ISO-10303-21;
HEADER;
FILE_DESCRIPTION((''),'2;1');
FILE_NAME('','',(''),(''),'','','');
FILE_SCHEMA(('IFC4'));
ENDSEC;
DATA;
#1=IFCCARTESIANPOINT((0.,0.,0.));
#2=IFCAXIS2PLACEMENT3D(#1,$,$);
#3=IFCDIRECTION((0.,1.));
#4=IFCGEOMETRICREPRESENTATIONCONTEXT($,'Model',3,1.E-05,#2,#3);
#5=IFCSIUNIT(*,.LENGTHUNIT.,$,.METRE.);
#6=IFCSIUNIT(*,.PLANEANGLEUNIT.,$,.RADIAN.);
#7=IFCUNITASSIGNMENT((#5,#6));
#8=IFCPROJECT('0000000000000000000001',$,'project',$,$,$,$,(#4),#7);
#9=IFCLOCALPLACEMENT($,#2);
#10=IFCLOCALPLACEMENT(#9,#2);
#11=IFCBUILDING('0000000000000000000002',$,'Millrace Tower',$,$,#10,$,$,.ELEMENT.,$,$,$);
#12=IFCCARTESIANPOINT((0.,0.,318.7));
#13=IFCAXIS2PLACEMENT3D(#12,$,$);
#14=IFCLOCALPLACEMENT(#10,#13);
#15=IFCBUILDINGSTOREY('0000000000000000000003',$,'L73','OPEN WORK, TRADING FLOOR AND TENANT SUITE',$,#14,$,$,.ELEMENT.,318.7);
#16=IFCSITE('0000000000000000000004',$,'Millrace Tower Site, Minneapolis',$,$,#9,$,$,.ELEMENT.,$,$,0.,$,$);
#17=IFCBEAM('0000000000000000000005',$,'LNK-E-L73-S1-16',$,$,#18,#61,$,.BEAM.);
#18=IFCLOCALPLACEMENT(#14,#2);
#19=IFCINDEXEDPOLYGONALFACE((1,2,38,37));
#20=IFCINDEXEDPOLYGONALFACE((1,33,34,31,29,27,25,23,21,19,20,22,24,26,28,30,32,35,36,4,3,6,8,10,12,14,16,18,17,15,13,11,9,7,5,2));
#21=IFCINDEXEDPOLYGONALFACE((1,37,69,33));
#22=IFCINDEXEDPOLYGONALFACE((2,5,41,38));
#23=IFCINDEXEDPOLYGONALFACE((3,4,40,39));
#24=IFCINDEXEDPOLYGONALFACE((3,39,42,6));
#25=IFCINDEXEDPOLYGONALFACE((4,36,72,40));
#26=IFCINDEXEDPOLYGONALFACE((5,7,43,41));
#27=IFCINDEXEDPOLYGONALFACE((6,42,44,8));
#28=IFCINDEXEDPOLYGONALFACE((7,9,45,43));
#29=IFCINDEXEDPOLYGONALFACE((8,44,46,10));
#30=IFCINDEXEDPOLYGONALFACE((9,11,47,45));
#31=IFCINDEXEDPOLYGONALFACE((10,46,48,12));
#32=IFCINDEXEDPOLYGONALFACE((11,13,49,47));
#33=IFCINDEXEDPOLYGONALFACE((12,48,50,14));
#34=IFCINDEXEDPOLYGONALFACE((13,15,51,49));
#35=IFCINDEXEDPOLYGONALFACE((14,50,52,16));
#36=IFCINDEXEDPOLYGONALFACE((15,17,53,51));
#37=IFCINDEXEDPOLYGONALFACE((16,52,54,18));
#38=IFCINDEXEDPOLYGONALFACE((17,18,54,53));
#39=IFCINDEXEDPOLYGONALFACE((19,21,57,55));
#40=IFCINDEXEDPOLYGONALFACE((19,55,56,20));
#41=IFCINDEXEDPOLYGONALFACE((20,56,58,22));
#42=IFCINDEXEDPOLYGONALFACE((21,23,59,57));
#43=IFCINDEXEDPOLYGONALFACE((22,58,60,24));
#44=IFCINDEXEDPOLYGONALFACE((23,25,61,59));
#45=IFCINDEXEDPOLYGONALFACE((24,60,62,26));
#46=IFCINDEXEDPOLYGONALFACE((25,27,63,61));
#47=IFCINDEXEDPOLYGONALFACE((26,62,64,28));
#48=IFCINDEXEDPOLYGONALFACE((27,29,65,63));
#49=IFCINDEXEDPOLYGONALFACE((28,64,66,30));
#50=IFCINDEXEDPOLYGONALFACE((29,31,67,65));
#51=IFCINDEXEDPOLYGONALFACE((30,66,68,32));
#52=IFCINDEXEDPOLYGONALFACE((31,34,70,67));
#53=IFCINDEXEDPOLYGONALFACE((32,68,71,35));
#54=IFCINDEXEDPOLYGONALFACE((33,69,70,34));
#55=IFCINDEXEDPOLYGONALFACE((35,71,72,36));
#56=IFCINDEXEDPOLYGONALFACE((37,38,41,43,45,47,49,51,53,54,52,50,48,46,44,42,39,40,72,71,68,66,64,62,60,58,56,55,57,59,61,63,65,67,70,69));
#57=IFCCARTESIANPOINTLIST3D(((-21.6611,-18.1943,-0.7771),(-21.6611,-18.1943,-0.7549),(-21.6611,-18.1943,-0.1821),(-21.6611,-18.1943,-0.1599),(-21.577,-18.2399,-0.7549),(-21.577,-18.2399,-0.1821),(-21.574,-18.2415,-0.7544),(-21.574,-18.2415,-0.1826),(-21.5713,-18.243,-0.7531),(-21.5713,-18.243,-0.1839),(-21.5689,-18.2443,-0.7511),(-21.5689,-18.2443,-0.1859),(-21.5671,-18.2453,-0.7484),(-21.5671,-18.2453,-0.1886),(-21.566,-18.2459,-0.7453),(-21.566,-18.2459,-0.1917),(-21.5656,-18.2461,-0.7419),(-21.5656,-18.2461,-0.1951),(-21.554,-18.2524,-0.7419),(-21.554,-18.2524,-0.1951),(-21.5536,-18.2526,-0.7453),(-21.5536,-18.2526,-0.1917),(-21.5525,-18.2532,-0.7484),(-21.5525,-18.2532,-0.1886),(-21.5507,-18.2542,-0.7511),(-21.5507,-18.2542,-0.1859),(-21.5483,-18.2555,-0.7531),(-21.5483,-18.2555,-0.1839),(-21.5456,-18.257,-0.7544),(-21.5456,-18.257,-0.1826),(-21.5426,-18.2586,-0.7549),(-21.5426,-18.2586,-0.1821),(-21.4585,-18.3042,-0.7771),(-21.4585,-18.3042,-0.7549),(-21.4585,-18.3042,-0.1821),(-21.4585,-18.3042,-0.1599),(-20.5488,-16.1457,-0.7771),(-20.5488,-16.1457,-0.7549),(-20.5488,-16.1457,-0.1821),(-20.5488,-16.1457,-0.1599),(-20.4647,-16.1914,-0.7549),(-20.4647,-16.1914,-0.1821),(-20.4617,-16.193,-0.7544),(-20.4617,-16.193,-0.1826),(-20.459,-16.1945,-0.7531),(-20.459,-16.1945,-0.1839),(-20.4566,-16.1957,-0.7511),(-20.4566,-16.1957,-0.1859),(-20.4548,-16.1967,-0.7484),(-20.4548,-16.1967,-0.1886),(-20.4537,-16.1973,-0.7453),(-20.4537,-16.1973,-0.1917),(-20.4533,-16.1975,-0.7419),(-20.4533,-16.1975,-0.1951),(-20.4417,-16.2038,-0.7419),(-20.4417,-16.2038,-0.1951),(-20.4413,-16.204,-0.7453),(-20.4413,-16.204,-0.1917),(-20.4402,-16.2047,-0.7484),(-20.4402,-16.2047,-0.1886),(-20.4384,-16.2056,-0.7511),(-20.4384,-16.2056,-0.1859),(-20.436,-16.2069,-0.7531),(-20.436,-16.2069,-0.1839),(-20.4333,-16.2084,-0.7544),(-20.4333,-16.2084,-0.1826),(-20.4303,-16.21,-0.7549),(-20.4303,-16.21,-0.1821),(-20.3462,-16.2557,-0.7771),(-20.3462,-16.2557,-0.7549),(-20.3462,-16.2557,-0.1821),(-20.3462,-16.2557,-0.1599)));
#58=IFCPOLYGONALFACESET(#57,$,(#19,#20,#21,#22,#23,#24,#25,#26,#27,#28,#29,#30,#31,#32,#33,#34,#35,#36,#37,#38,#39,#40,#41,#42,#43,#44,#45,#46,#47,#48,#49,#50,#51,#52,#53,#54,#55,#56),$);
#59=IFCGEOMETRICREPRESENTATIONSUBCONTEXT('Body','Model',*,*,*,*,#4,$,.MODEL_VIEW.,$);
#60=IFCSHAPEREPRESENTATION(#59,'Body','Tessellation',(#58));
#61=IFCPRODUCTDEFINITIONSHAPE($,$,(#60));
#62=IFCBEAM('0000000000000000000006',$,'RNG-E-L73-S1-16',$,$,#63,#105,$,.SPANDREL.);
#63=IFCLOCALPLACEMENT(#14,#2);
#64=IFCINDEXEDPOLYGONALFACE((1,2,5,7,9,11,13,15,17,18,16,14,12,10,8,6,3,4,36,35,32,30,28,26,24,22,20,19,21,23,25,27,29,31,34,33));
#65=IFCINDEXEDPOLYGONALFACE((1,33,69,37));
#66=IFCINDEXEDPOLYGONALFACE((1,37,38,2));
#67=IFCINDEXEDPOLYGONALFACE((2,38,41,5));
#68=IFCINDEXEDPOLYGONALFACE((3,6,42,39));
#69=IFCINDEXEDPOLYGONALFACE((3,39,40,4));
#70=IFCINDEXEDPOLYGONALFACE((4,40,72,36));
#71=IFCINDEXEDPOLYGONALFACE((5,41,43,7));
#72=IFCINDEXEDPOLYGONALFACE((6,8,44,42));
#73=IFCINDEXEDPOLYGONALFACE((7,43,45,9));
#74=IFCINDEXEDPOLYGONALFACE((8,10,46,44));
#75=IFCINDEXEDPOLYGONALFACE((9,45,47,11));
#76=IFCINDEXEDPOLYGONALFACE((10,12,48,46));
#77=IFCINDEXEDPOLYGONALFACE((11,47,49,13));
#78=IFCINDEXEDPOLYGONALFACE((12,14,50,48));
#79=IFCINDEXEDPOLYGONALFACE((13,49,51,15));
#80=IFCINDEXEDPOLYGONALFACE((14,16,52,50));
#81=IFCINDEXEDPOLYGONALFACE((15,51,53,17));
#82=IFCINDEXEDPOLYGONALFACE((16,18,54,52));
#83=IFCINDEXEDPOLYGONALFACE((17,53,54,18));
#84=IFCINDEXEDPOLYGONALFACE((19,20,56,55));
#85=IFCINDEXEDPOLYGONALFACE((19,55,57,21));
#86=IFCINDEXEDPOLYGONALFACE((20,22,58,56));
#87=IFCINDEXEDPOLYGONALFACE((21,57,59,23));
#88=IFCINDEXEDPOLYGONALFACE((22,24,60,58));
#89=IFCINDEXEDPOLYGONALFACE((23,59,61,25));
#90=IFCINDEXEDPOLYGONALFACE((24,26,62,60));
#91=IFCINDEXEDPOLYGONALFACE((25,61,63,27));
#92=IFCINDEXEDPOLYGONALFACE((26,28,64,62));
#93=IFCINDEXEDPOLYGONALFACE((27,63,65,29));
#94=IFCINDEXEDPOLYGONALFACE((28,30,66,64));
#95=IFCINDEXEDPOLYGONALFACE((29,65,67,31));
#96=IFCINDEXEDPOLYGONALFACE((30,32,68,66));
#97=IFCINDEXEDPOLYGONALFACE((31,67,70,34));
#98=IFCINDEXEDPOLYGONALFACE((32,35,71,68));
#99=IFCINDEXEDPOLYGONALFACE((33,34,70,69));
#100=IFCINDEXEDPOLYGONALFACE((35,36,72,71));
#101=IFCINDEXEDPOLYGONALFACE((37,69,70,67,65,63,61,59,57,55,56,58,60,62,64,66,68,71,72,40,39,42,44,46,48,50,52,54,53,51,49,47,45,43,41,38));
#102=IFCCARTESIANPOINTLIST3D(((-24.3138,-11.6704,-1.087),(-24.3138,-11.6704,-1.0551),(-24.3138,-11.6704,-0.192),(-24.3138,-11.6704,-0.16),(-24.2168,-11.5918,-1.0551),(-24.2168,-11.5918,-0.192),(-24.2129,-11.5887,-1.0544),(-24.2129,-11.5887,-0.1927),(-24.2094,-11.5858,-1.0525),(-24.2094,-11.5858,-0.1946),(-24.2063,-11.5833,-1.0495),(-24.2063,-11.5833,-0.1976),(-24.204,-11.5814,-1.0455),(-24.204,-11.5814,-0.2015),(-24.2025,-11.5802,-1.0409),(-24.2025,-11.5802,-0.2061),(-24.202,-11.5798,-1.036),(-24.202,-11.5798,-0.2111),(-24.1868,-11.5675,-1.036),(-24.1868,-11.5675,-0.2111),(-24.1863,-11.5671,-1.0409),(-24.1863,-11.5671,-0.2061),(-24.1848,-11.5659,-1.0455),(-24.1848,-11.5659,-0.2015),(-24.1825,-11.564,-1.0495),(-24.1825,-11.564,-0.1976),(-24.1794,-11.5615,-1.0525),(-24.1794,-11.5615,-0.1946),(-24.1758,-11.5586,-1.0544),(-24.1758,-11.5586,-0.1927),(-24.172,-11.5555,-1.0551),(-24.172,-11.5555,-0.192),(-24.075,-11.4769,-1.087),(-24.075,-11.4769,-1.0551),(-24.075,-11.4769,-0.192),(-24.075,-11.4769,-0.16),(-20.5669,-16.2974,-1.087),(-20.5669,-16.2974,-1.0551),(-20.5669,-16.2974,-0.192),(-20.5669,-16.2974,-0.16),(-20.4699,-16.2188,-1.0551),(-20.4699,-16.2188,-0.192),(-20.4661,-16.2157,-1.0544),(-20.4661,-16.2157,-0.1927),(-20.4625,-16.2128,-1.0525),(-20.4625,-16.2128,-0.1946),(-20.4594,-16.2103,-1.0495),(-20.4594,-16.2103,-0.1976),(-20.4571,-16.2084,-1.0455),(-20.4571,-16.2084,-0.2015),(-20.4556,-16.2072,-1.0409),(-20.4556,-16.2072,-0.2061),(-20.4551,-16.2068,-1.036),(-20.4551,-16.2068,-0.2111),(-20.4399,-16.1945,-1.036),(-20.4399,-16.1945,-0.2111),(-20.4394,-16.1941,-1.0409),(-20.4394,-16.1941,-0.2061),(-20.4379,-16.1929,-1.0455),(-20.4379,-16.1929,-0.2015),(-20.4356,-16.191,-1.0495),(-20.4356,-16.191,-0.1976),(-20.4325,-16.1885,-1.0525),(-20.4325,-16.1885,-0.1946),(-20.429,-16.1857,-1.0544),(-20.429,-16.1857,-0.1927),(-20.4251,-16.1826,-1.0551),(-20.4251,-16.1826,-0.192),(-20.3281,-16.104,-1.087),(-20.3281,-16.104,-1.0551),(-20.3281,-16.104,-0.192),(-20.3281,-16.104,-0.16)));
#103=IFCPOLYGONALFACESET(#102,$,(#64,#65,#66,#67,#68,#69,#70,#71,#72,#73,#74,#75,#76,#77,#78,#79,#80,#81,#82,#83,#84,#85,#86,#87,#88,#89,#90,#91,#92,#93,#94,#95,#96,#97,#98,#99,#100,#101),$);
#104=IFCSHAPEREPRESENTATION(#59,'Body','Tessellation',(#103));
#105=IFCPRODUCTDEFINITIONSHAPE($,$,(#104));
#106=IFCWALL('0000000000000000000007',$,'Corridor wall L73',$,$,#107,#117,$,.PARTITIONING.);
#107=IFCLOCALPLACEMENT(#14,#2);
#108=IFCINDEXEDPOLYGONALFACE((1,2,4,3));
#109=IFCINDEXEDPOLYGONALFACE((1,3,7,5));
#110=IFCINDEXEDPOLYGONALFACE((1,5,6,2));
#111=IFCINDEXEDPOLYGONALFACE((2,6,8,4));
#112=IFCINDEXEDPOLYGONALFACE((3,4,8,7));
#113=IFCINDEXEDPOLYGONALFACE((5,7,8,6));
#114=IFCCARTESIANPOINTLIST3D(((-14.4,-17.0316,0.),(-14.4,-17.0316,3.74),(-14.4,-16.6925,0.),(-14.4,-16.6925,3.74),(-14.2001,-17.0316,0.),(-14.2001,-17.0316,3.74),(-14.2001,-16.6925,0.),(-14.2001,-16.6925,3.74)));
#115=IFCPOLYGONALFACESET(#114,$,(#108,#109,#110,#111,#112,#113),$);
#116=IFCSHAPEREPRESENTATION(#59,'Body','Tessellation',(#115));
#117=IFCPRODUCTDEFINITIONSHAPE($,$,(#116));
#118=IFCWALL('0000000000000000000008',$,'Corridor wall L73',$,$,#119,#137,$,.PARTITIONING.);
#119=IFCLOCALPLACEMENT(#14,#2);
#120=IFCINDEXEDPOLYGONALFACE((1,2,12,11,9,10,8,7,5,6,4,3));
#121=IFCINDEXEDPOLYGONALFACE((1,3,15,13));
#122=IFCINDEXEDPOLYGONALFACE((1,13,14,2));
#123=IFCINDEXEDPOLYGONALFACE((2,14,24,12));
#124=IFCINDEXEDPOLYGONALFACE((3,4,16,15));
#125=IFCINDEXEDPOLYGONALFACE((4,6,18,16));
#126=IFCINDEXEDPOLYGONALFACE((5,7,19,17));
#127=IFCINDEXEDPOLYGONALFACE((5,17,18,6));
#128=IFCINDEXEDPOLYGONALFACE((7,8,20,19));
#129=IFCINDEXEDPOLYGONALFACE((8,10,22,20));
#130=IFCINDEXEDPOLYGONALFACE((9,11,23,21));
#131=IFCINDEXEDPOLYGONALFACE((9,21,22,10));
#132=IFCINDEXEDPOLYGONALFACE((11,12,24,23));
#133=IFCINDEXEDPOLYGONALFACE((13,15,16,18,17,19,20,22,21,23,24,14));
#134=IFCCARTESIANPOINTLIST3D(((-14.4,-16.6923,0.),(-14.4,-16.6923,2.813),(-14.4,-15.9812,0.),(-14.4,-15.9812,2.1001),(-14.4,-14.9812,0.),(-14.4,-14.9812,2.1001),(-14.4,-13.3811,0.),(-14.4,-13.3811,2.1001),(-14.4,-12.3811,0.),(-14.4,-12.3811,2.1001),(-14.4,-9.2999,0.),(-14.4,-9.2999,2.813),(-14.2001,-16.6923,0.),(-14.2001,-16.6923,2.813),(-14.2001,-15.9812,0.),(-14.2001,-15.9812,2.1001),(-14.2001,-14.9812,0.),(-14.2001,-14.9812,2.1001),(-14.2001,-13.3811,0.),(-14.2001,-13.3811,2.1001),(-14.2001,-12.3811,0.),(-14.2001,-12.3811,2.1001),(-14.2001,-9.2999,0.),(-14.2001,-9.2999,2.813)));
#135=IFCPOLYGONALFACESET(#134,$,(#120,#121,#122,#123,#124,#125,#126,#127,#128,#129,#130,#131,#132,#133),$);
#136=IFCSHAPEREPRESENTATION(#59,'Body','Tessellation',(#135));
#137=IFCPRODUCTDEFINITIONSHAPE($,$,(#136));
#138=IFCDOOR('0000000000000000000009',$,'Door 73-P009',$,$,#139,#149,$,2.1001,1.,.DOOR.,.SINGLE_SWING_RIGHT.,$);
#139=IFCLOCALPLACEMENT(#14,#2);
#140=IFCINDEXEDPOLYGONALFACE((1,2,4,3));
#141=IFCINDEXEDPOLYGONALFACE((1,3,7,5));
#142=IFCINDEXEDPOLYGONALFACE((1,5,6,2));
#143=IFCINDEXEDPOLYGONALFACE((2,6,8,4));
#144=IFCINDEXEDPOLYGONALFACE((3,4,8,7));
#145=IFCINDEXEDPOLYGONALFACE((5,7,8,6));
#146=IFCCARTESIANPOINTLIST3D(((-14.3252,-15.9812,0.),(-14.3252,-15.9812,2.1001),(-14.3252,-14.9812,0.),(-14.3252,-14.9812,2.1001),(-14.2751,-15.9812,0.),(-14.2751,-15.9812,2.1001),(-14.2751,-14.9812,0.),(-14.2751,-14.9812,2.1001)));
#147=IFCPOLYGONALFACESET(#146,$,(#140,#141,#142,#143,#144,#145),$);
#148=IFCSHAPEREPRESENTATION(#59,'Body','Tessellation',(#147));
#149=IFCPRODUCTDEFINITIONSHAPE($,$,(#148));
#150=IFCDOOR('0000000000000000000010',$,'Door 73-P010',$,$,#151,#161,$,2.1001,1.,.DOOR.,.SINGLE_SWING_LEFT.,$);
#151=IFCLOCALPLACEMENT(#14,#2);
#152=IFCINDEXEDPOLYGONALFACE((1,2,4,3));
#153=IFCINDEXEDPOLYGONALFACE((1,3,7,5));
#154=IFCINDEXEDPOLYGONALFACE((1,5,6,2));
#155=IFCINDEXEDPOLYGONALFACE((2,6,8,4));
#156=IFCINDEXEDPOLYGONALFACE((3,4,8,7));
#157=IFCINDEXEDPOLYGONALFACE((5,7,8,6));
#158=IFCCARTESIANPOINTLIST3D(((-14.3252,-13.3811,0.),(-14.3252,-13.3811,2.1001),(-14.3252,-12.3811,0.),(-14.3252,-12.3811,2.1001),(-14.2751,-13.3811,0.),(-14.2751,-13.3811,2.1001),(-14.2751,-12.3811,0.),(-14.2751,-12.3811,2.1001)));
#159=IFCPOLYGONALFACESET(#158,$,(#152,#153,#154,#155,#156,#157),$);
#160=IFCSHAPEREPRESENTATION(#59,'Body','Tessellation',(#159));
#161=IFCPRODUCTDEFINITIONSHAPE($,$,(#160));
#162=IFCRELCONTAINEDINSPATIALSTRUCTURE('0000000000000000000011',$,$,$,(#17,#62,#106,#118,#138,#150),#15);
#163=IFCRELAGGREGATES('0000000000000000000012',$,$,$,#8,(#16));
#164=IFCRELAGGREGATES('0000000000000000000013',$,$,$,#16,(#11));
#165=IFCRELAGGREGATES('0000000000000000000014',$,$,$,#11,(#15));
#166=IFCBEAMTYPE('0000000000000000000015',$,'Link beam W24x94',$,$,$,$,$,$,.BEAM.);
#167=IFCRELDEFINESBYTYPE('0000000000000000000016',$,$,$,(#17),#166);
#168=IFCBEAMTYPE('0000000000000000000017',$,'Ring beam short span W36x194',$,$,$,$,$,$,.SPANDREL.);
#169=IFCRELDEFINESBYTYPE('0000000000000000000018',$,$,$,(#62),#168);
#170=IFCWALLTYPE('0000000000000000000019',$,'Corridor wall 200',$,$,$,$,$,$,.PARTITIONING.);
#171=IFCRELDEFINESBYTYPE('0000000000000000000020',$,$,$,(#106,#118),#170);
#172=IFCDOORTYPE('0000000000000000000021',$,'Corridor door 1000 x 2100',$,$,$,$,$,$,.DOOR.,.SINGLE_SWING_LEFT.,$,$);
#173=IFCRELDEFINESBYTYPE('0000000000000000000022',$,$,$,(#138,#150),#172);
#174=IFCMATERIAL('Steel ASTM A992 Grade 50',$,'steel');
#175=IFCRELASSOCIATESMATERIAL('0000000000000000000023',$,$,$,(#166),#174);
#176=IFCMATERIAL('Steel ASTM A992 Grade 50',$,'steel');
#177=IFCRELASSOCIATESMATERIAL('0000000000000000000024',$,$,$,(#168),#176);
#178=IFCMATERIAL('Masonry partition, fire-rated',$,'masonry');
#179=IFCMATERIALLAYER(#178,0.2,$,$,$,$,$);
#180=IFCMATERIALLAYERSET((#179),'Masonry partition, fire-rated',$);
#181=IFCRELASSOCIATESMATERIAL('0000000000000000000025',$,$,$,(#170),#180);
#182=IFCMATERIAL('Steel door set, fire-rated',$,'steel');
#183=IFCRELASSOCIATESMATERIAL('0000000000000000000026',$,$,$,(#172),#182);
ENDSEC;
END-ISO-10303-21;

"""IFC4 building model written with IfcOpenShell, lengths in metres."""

from ifc_helpers import new_model, si_unit, direction, frame, frame_2d, origin, origin_2d, place, context, subcontext, project, spatial, rectangle, i_section, extrude, material, layer, layer_set, material_profile, profile_set, type_object, element, fill, save


model = new_model("IFC4")

# Units and contexts
model_context = context("Model", 3, precision=1e-05, world=origin(), true_north=direction((0.0, 1.0)))
body_context = subcontext(model_context, "Body", "Model", "MODEL_VIEW")
ifc_project = project(units=[si_unit("LENGTHUNIT", "METRE"), si_unit("PLANEANGLEUNIT", "RADIAN")], contexts=[model_context])

# Site, building, storey
site_placement = place(None, origin())
site = spatial("IfcSite", under=ifc_project, at=site_placement, Name="Millrace Tower Site, Minneapolis", CompositionType="ELEMENT", RefElevation=0.0)
building_placement = place(site_placement, origin())
building = spatial("IfcBuilding", under=site, at=building_placement, Name="Millrace Tower", CompositionType="ELEMENT")
storey_placement = place(building_placement, frame((0.0, 0.0, 318.7)))
storey = spatial("IfcBuildingStorey", under=building, at=storey_placement, Name="L73", Description="OPEN WORK, TRADING FLOOR AND TENANT SUITE", CompositionType="ELEMENT", Elevation=318.7)

# Beams
ifc_material_1 = material(Name="Steel ASTM A992 Grade 50", Category="steel")
ifc_material_profile_1 = material_profile(ifc_material_1, i_section(OverallWidth=0.2305, OverallDepth=0.6172, WebThickness=0.0132, FlangeThickness=0.0222, FilletRadius=0.0129, at=origin_2d()))
ifc_profile_set_1 = profile_set([ifc_material_profile_1], Name="Steel ASTM A992 Grade 50")
beam_type_1 = type_object("IfcBeamType", Name="Link beam W24x94", PredefinedType="BEAM", material=ifc_profile_set_1)
beam_1_placement = place(storey_placement, frame((-20.4475, -16.2007, -0.4685), z_axis=(-0.477164, -0.878815, 0.0), x_axis=(0.878815, -0.477164, 0.0)))
element("IfcBeam", 1, at=beam_1_placement, inside=storey, type_object=beam_type_1, Name="LNK-E-L73-S1-16", PredefinedType="BEAM", context=body_context, shape_type="SweptSolid", body=[
    extrude(i_section(OverallWidth=0.2305, OverallDepth=0.6172, WebThickness=0.0132, FlangeThickness=0.0222, FilletRadius=0.0129, at=origin_2d()), origin(), (0.0, 0.0, 1.0), 2.3311),
])
ifc_material_2 = material(Name="Steel ASTM A992 Grade 50", Category="steel")
ifc_material_profile_2 = material_profile(ifc_material_2, i_section(OverallWidth=0.3074, OverallDepth=0.927, WebThickness=0.0195, FlangeThickness=0.032, FilletRadius=0.019, at=origin_2d()))
ifc_profile_set_2 = profile_set([ifc_material_profile_2], Name="Steel ASTM A992 Grade 50")
beam_type_2 = type_object("IfcBeamType", Name="Ring beam short span W36x194", PredefinedType="SPANDREL", material=ifc_profile_set_2)
beam_2_placement = place(storey_placement, frame((-20.4475, -16.2007, -0.6235), z_axis=(-0.62932, 0.777147, 0.0), x_axis=(-0.777147, -0.62932, 0.0)))
element("IfcBeam", 2, at=beam_2_placement, inside=storey, type_object=beam_type_2, Name="RNG-E-L73-S1-16", PredefinedType="SPANDREL", context=body_context, shape_type="SweptSolid", body=[
    extrude(i_section(OverallWidth=0.3074, OverallDepth=0.927, WebThickness=0.0195, FlangeThickness=0.032, FilletRadius=0.019, at=origin_2d()), origin(), (0.0, 0.0, 1.0), 5.9539),
])

# Wall
ifc_material_3 = material(Name="Masonry partition, fire-rated", Category="masonry")
ifc_layer_1 = layer(ifc_material_3, 0.2)
ifc_layer_set_1 = layer_set([ifc_layer_1], Name="Masonry partition, fire-rated")
wall_type_1 = type_object("IfcWallType", Name="Corridor wall 200", PredefinedType="PARTITIONING", material=ifc_layer_set_1)
wall_1_placement = place(storey_placement, frame((-14.3, -17.0315, 0.0), z_axis=(0.0, 0.0, 1.0), x_axis=(0.0, 1.0, 0.0)))
element("IfcWall", 3, at=wall_1_placement, inside=storey, type_object=wall_type_1, Name="Corridor wall L73", PredefinedType="PARTITIONING", context=body_context, shape_type="SweptSolid", body=[
    extrude(rectangle(XDim=0.3391, YDim=0.2, at=frame_2d((0.1694, 0.0))), origin(), (0.0, 0.0, 1.0), 3.74),
])

# Wall, openings, doors
wall_2_placement = place(storey_placement, frame((-14.3, -16.6924, 0.0), z_axis=(0.0, 0.0, 1.0), x_axis=(0.0, 1.0, 0.0)))
wall_2 = element("IfcWall", 4, at=wall_2_placement, inside=storey, type_object=wall_type_1, Name="Corridor wall L73", PredefinedType="PARTITIONING", context=body_context, shape_type="SweptSolid", body=[
    extrude(rectangle(XDim=7.3923, YDim=0.2, at=frame_2d((3.6963, 0.0))), origin(), (0.0, 0.0, 1.0), 2.813),
])
opening_1_placement = place(wall_2_placement, frame((0.7112, 0.0, 0.0)))
opening_1 = element("IfcOpeningElement", 5, at=opening_1_placement, cuts=wall_2, PredefinedType="OPENING", context=body_context, shape_type="SweptSolid", body=[
    extrude(rectangle(XDim=1.0, YDim=2.1001, at=frame_2d((0.5, 1.05))), frame((0.0, 0.1099, 0.0), z_axis=(0.0, -1.0, 0.0), x_axis=(1.0, 0.0, 0.0)), (0.0, 0.0, 1.0), 0.22),
])
opening_2_placement = place(wall_2_placement, frame((3.3113, 0.0, 0.0)))
opening_2 = element("IfcOpeningElement", 6, at=opening_2_placement, cuts=wall_2, PredefinedType="OPENING", context=body_context, shape_type="SweptSolid", body=[
    extrude(rectangle(XDim=1.0, YDim=2.1001, at=frame_2d((0.5, 1.05))), frame((0.0, 0.1099, 0.0), z_axis=(0.0, -1.0, 0.0), x_axis=(1.0, 0.0, 0.0)), (0.0, 0.0, 1.0), 0.22),
])
ifc_material_4 = material(Name="Steel door set, fire-rated", Category="steel")
door_type_1 = type_object("IfcDoorType", Name="Corridor door 1000 x 2100", OperationType="SINGLE_SWING_LEFT", PredefinedType="DOOR", material=ifc_material_4)
door_1_placement = place(opening_1_placement, frame((1.0, 0.0, 0.0), z_axis=(0.0, 0.0, 1.0), x_axis=(-1.0, 0.0, 0.0)))
door_1 = element("IfcDoor", 7, at=door_1_placement, inside=storey, type_object=door_type_1, Name="Door 73-P009", OperationType="SINGLE_SWING_RIGHT", OverallHeight=2.1001, OverallWidth=1.0, PredefinedType="DOOR", context=body_context, shape_type="SweptSolid", body=[
    extrude(rectangle(XDim=1.0, YDim=2.1001, at=frame_2d((0.5, 1.05))), frame((0.0, 0.0249, 0.0), z_axis=(0.0, -1.0, 0.0), x_axis=(1.0, 0.0, 0.0)), (0.0, 0.0, 1.0), 0.05),
])
fill(opening_1, door_1)
door_2_placement = place(opening_2_placement, frame((1.0, 0.0, 0.0), z_axis=(0.0, 0.0, 1.0), x_axis=(-1.0, 0.0, 0.0)))
door_2 = element("IfcDoor", 8, at=door_2_placement, inside=storey, type_object=door_type_1, Name="Door 73-P010", OperationType="SINGLE_SWING_LEFT", OverallHeight=2.1001, OverallWidth=1.0, PredefinedType="DOOR", context=body_context, shape_type="SweptSolid", body=[
    extrude(rectangle(XDim=1.0, YDim=2.1001, at=frame_2d((0.5, 1.05))), frame((0.0, 0.0249, 0.0), z_axis=(0.0, -1.0, 0.0), x_axis=(1.0, 0.0, 0.0)), (0.0, 0.0, 1.0), 0.05),
])
fill(opening_2, door_2)

save(model, "model.ifc")
